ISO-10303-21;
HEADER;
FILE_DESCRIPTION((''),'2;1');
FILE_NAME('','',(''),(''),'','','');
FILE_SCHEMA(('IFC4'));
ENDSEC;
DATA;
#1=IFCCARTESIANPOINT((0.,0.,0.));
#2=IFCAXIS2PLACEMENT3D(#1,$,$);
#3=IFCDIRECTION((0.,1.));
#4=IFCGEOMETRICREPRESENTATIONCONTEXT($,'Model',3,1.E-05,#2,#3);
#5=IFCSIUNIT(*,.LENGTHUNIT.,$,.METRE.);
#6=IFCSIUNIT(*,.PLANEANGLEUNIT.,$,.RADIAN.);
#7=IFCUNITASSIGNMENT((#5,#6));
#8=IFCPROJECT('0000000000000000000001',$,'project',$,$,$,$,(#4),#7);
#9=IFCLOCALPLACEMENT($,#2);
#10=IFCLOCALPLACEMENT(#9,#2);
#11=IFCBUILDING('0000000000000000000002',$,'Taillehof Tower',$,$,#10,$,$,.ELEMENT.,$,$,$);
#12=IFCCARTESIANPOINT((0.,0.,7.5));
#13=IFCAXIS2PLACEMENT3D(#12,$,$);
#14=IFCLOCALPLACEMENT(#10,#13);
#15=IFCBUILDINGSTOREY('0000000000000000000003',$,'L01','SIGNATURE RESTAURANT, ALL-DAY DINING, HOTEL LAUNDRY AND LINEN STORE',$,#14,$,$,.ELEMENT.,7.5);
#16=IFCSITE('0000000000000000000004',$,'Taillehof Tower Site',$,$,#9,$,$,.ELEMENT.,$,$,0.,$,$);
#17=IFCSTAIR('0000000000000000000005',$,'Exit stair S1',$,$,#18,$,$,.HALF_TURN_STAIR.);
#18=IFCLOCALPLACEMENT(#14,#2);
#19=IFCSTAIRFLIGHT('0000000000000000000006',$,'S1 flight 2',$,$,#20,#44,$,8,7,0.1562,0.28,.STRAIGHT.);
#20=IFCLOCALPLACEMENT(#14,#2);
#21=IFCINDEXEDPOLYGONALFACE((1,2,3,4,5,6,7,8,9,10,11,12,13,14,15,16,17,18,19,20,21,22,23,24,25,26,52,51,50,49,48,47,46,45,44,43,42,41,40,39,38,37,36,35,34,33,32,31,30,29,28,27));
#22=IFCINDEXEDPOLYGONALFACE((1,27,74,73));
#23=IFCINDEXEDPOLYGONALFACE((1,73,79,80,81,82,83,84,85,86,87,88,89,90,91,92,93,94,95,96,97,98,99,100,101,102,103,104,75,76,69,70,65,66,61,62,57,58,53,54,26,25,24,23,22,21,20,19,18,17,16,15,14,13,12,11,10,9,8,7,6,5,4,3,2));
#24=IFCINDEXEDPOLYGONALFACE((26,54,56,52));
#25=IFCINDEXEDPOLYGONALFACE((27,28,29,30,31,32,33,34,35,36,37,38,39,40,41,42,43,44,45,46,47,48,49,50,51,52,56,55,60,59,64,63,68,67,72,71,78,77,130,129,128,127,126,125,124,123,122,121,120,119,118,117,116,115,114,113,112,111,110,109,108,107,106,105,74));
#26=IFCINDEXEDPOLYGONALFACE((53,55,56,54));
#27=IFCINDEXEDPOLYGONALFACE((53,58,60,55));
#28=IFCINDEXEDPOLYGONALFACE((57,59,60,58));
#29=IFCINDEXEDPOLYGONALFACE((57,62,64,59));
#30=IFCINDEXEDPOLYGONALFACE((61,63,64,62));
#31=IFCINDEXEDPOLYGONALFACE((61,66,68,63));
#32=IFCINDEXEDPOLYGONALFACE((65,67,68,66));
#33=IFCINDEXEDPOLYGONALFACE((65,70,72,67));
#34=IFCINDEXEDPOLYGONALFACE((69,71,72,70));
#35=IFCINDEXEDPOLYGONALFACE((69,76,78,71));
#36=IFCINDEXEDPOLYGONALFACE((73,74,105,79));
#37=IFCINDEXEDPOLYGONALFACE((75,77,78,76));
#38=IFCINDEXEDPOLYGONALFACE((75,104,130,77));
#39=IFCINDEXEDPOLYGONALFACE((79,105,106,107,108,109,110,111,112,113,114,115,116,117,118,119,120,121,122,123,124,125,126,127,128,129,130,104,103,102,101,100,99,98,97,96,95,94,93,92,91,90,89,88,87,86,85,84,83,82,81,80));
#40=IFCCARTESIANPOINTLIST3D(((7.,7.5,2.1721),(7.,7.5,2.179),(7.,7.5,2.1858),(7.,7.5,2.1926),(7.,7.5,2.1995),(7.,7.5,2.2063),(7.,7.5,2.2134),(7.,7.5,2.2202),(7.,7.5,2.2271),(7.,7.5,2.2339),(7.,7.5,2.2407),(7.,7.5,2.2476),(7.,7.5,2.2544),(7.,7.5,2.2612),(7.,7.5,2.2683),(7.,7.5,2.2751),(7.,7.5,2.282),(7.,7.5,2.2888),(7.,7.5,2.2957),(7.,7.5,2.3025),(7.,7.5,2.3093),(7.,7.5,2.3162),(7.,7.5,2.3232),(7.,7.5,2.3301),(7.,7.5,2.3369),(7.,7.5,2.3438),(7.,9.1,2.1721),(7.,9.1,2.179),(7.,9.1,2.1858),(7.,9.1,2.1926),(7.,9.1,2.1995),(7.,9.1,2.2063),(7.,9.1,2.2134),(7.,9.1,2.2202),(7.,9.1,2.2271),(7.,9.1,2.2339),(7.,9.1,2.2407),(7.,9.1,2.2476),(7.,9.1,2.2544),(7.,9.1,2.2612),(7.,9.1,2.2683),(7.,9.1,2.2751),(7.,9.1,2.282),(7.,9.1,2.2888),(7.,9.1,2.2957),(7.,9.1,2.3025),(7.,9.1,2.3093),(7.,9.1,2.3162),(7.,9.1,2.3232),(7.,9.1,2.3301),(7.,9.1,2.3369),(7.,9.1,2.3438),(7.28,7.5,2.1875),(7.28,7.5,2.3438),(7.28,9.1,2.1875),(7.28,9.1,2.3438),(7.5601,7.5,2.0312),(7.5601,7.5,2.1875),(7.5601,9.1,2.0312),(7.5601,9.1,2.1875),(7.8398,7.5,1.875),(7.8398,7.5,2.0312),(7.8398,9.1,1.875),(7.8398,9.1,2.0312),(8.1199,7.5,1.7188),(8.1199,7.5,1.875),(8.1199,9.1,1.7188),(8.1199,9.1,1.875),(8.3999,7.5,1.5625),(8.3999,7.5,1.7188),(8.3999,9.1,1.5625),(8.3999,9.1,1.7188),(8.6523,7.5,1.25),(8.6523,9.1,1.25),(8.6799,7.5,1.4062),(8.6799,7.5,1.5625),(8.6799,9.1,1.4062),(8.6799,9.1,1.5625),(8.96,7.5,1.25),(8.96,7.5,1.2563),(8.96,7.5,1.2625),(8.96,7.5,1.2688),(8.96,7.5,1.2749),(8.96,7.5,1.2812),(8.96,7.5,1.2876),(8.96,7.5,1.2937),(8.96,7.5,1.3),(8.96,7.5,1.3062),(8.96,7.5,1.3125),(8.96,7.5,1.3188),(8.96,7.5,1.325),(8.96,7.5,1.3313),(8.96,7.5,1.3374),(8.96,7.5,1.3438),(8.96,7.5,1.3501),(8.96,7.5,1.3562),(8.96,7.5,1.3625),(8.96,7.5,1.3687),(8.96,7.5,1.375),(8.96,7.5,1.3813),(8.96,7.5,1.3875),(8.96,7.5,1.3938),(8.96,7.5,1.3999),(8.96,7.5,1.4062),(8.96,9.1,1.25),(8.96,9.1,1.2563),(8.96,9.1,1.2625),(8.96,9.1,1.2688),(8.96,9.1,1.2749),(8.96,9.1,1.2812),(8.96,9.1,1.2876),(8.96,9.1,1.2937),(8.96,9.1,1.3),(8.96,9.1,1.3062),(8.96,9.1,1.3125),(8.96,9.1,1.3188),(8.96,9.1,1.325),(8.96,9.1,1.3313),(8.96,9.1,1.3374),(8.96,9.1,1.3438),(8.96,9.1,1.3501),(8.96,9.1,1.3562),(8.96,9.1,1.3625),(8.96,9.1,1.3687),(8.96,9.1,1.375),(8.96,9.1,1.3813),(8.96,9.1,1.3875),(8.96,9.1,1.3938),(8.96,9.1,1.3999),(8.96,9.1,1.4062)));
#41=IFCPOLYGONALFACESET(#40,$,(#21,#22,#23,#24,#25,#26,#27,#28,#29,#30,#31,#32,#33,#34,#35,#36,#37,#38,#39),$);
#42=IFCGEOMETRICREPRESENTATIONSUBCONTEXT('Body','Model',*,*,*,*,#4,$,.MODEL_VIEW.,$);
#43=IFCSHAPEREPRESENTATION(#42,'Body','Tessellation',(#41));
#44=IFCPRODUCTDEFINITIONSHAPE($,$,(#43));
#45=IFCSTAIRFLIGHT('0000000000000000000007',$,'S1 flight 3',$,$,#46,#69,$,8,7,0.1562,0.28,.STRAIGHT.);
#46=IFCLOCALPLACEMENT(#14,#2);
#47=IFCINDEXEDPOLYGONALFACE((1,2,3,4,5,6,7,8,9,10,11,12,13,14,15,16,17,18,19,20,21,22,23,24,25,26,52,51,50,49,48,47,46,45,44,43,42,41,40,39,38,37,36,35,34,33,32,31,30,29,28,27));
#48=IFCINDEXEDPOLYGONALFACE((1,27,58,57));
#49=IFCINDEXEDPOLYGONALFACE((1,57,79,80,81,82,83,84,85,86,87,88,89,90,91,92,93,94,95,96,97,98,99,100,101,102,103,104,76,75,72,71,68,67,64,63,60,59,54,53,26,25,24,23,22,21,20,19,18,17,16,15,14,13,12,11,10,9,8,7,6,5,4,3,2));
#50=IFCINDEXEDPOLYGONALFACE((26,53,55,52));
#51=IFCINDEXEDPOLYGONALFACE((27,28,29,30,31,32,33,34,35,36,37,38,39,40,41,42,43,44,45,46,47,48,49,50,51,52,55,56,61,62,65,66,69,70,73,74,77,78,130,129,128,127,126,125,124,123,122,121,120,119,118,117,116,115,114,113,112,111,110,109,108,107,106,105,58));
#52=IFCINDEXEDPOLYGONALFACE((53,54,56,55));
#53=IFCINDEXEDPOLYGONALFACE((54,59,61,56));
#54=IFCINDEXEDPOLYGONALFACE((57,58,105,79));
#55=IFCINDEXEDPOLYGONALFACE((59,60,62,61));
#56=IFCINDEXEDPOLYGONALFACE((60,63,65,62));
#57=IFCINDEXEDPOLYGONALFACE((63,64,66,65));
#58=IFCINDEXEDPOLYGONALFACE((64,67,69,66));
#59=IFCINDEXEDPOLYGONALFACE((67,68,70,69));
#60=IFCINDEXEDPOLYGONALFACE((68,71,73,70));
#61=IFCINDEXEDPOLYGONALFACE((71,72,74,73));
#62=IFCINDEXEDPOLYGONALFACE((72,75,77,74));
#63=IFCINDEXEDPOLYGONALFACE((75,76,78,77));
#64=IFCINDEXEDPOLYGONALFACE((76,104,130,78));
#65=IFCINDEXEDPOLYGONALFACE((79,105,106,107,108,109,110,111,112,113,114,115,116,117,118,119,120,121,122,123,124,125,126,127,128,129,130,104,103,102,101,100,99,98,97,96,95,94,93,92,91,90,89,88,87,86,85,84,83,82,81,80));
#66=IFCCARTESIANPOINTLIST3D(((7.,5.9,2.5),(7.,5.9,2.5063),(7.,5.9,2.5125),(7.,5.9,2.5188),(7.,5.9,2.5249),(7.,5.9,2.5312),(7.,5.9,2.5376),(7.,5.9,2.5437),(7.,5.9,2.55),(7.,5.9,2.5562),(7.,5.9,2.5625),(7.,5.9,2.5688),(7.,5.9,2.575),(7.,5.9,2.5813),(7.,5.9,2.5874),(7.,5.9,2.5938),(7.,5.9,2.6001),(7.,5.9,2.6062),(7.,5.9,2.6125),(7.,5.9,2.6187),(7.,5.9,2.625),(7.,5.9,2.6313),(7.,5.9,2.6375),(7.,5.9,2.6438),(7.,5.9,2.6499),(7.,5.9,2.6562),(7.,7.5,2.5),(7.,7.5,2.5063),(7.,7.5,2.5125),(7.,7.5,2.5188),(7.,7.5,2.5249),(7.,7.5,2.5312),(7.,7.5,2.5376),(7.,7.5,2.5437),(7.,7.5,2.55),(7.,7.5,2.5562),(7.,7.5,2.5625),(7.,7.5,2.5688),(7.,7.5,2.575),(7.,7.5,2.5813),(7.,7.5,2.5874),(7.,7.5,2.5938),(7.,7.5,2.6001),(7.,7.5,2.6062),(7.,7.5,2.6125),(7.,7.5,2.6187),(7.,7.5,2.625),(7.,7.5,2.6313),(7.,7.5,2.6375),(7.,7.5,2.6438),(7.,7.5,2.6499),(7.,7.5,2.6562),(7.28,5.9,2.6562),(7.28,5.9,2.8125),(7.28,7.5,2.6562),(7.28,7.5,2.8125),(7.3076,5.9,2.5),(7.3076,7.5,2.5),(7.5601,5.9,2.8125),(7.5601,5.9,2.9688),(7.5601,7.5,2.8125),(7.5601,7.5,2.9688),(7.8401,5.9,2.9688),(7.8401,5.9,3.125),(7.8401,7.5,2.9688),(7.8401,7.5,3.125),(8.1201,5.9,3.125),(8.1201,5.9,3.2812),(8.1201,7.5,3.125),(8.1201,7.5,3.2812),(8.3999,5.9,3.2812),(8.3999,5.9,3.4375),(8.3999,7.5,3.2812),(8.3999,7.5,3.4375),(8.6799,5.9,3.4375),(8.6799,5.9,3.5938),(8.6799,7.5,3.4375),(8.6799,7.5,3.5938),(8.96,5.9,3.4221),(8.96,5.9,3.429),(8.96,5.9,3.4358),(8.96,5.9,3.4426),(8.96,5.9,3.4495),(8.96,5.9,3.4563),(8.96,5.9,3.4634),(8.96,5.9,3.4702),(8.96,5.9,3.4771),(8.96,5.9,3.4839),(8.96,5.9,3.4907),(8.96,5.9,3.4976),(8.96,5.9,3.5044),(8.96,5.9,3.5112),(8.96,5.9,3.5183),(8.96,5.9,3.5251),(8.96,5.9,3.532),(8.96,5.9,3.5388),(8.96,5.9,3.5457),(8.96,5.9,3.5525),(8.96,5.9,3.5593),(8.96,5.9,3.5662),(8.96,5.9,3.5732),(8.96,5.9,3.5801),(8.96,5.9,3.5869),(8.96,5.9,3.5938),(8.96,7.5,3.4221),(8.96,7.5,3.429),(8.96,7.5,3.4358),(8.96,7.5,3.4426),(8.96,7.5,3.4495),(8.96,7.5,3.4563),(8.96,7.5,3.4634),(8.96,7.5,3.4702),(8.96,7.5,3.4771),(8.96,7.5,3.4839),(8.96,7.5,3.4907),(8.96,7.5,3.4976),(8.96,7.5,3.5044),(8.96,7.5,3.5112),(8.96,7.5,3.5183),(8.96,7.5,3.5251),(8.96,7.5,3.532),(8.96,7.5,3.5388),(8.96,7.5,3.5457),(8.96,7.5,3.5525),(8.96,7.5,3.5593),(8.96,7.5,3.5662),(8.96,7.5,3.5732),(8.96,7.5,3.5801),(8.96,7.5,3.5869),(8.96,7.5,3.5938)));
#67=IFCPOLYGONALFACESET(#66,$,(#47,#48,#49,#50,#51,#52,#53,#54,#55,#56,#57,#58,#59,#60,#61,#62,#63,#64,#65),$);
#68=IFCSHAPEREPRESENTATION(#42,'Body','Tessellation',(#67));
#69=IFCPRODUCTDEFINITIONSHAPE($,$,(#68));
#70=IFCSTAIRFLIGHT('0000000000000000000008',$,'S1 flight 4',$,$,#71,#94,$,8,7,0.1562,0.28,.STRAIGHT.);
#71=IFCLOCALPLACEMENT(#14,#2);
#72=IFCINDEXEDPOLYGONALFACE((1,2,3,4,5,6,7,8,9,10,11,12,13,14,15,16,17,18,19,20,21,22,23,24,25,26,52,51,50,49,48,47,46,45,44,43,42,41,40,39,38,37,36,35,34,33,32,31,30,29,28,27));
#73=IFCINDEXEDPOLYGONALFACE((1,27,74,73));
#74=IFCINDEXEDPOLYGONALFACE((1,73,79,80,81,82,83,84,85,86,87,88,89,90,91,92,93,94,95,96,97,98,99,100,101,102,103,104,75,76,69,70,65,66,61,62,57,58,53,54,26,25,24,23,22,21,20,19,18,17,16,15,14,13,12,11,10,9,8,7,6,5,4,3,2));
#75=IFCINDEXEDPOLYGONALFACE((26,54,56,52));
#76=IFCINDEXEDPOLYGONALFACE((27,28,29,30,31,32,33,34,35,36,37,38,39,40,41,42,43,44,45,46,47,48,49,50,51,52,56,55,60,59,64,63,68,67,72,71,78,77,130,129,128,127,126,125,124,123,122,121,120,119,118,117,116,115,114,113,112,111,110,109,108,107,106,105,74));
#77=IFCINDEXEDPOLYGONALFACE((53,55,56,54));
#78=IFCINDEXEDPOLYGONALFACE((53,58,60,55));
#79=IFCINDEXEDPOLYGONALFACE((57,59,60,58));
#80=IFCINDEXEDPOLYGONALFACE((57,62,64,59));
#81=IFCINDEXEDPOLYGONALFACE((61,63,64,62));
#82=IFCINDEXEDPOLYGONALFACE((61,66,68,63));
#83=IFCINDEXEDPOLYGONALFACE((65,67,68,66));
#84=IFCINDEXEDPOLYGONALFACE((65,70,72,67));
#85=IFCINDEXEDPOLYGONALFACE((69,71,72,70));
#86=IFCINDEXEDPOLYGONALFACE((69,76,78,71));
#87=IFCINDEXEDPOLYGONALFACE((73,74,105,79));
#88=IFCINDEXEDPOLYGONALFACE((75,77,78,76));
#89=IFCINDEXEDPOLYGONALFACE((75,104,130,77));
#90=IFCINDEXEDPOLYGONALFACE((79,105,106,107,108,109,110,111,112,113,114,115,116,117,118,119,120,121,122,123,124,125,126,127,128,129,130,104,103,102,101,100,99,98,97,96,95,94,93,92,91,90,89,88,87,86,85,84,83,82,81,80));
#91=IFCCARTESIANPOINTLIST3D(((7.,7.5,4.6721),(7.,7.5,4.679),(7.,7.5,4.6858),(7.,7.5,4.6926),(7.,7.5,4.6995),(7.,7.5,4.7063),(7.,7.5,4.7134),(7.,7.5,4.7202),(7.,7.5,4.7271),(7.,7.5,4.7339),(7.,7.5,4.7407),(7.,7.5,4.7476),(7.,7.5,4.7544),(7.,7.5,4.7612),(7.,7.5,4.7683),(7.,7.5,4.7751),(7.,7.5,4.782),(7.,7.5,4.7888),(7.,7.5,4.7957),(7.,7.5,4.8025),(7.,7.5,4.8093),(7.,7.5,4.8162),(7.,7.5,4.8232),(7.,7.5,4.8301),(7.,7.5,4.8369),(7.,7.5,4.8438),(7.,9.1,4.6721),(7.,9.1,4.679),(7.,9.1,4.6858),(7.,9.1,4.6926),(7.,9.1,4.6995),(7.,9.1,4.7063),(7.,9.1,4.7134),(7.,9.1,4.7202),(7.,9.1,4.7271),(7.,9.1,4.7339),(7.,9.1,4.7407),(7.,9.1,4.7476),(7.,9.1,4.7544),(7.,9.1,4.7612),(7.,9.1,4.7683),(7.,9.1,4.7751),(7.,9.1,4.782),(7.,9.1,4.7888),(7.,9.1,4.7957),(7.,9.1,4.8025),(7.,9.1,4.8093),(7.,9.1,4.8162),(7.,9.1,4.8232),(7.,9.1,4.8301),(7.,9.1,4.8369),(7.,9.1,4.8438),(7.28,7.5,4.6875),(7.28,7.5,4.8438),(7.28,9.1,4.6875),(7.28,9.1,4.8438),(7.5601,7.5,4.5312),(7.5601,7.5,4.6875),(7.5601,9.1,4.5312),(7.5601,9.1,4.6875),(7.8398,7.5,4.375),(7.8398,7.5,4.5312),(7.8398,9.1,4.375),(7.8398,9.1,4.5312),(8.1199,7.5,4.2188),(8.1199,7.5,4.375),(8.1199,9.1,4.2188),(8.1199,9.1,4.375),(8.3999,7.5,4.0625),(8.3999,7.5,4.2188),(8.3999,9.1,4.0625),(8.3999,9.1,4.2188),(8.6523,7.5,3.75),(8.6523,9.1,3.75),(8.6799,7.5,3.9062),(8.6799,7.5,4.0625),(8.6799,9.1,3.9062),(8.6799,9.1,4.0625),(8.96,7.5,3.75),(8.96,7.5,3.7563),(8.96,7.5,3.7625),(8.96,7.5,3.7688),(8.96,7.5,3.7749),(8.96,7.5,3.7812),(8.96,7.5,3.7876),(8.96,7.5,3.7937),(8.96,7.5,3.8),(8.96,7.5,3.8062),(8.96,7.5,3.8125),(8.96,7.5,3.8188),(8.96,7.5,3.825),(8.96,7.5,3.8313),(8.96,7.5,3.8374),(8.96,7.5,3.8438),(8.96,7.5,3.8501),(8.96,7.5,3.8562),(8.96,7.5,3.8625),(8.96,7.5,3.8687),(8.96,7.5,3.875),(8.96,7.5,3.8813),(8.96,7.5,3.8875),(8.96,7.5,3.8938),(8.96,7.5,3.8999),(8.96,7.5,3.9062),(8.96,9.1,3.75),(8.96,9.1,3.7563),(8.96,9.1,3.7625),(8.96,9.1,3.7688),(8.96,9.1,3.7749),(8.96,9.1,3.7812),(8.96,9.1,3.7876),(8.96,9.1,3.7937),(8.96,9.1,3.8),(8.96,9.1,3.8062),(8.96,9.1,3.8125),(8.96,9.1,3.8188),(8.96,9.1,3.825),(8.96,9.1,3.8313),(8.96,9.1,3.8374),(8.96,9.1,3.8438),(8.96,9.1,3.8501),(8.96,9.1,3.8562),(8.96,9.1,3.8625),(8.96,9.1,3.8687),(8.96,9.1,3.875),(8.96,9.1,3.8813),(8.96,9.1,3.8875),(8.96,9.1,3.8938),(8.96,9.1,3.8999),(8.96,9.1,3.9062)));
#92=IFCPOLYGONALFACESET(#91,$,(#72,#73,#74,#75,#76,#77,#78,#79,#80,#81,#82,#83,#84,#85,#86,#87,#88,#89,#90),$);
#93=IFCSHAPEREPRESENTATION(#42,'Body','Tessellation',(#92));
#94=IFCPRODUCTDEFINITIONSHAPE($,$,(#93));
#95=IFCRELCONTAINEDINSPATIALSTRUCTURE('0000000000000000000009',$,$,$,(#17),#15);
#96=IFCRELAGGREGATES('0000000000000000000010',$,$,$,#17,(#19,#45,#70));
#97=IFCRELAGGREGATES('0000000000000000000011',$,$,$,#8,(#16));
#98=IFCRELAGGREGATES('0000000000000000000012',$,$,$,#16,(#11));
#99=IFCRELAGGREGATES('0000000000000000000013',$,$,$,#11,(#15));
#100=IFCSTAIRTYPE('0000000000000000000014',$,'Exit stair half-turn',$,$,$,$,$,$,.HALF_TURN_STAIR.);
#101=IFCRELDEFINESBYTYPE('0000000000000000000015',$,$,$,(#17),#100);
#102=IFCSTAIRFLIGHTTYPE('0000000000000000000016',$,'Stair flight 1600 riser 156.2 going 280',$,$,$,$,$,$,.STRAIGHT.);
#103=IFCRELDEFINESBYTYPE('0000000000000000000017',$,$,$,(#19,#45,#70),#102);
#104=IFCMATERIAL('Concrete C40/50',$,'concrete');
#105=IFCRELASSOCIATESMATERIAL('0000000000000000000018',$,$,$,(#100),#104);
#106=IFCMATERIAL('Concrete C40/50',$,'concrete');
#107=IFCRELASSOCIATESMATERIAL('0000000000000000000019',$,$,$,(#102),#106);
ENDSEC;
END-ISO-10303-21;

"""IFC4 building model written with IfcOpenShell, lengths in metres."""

from ifc_helpers import new_model, si_unit, direction, frame, origin, place, context, subcontext, project, spatial, polyline, outline, extrude, material, type_object, element, aggregate, save


model = new_model("IFC4")

# Units and contexts
model_context = context("Model", 3, precision=1e-05, world=origin(), true_north=direction((0.0, 1.0)))
body_context = subcontext(model_context, "Body", "Model", "MODEL_VIEW")
ifc_project = project(units=[si_unit("LENGTHUNIT", "METRE"), si_unit("PLANEANGLEUNIT", "RADIAN")], contexts=[model_context])

# Site, building, storey
site_placement = place(None, origin())
site = spatial("IfcSite", under=ifc_project, at=site_placement, Name="Taillehof Tower Site", CompositionType="ELEMENT", RefElevation=0.0)
building_placement = place(site_placement, origin())
building = spatial("IfcBuilding", under=site, at=building_placement, Name="Taillehof Tower", CompositionType="ELEMENT")
storey_placement = place(building_placement, frame((0.0, 0.0, 7.5)))
storey = spatial("IfcBuildingStorey", under=building, at=storey_placement, Name="L01", Description="SIGNATURE RESTAURANT, ALL-DAY DINING, HOTEL LAUNDRY AND LINEN STORE", CompositionType="ELEMENT", Elevation=7.5)

# Stair, stair flights
ifc_material_1 = material(Name="Concrete C40/50", Category="concrete")
stair_type_1 = type_object("IfcStairType", Name="Exit stair half-turn", PredefinedType="HALF_TURN_STAIR", material=ifc_material_1)
stair_1_placement = place(storey_placement, origin())
stair_1 = element("IfcStair", 1, at=stair_1_placement, inside=storey, type_object=stair_type_1, Name="Exit stair S1", PredefinedType="HALF_TURN_STAIR")
ifc_material_2 = material(Name="Concrete C40/50", Category="concrete")
stair_flight_type_1 = type_object("IfcStairFlightType", Name="Stair flight 1600 riser 156.2 going 280", PredefinedType="STRAIGHT", material=ifc_material_2)
stair_flight_1_placement = place(storey_placement, frame((8.96, 8.3, 1.25), z_axis=(0.0, 0.0, 1.0), x_axis=(-1.0, 0.0, 0.0)))
stair_flight_1 = element("IfcStairFlight", 2, at=stair_flight_1_placement, type_object=stair_flight_type_1, Name="S1 flight 2", NumberOfRisers=8, NumberOfTreads=7, PredefinedType="STRAIGHT", RiserHeight=0.1562, TreadLength=0.28, context=body_context, shape_type="SweptSolid", body=[
    extrude(outline(polyline([(0.0, 0.0), (0.0, 0.0063), (0.0, 0.0125), (0.0, 0.0188), (0.0, 0.0249), (0.0, 0.0312), (0.0, 0.0376), (0.0, 0.0437), (0.0, 0.05), (0.0, 0.0562), (0.0, 0.0625), (0.0, 0.0688), (0.0, 0.075), (0.0, 0.0813), (0.0, 0.0874), (0.0, 0.0938), (0.0, 0.1001), (0.0, 0.1062), (0.0, 0.1125), (0.0, 0.1187), (0.0, 0.125), (0.0, 0.1313), (0.0, 0.1375), (0.0, 0.1438), (0.0, 0.1499), (0.0, 0.1562), (0.28, 0.1562), (0.28, 0.3125), (0.5601, 0.3125), (0.5601, 0.4688), (0.8401, 0.4688), (0.8401, 0.625), (1.1201, 0.625), (1.1201, 0.7812), (1.3999, 0.7812), (1.3999, 0.9375), (1.6799, 0.9375), (1.6799, 1.0938), (1.96, 1.0938), (1.96, 1.0869), (1.96, 1.0801), (1.96, 1.0732), (1.96, 1.0662), (1.96, 1.0593), (1.96, 1.0525), (1.96, 1.0457), (1.96, 1.0388), (1.96, 1.032), (1.96, 1.0251), (1.96, 1.0183), (1.96, 1.0112), (1.96, 1.0044), (1.96, 0.9976), (1.96, 0.9907), (1.96, 0.9839), (1.96, 0.9771), (1.96, 0.9702), (1.96, 0.9634), (1.96, 0.9563), (1.96, 0.9495), (1.96, 0.9426), (1.96, 0.9358), (1.96, 0.929), (1.96, 0.9221), (0.3076, 0.0), (0.0, 0.0)])), frame((0.0, 0.8, 0.0), z_axis=(0.0, -1.0, 0.0), x_axis=(1.0, 0.0, 0.0)), (0.0, 0.0, 1.0), 1.6),
])
stair_flight_2_placement = place(storey_placement, frame((7.0, 6.7, 2.5), z_axis=(0.0, 0.0, 1.0), x_axis=(1.0, 0.0, 0.0)))
stair_flight_2 = element("IfcStairFlight", 3, at=stair_flight_2_placement, type_object=stair_flight_type_1, Name="S1 flight 3", NumberOfRisers=8, NumberOfTreads=7, PredefinedType="STRAIGHT", RiserHeight=0.1562, TreadLength=0.28, context=body_context, shape_type="SweptSolid", body=[
    extrude(outline(polyline([(0.0, 0.0), (0.0, 0.0063), (0.0, 0.0125), (0.0, 0.0188), (0.0, 0.0249), (0.0, 0.0312), (0.0, 0.0376), (0.0, 0.0437), (0.0, 0.05), (0.0, 0.0562), (0.0, 0.0625), (0.0, 0.0688), (0.0, 0.075), (0.0, 0.0813), (0.0, 0.0874), (0.0, 0.0938), (0.0, 0.1001), (0.0, 0.1062), (0.0, 0.1125), (0.0, 0.1187), (0.0, 0.125), (0.0, 0.1313), (0.0, 0.1375), (0.0, 0.1438), (0.0, 0.1499), (0.0, 0.1562), (0.28, 0.1562), (0.28, 0.3125), (0.5601, 0.3125), (0.5601, 0.4688), (0.8401, 0.4688), (0.8401, 0.625), (1.1201, 0.625), (1.1201, 0.7812), (1.3999, 0.7812), (1.3999, 0.9375), (1.6799, 0.9375), (1.6799, 1.0938), (1.96, 1.0938), (1.96, 1.0869), (1.96, 1.0801), (1.96, 1.0732), (1.96, 1.0662), (1.96, 1.0593), (1.96, 1.0525), (1.96, 1.0457), (1.96, 1.0388), (1.96, 1.032), (1.96, 1.0251), (1.96, 1.0183), (1.96, 1.0112), (1.96, 1.0044), (1.96, 0.9976), (1.96, 0.9907), (1.96, 0.9839), (1.96, 0.9771), (1.96, 0.9702), (1.96, 0.9634), (1.96, 0.9563), (1.96, 0.9495), (1.96, 0.9426), (1.96, 0.9358), (1.96, 0.929), (1.96, 0.9221), (0.3076, 0.0), (0.0, 0.0)])), frame((0.0, 0.8, 0.0), z_axis=(0.0, -1.0, 0.0), x_axis=(1.0, 0.0, 0.0)), (0.0, 0.0, 1.0), 1.6),
])
stair_flight_3_placement = place(storey_placement, frame((8.96, 8.3, 3.75), z_axis=(0.0, 0.0, 1.0), x_axis=(-1.0, 0.0, 0.0)))
stair_flight_3 = element("IfcStairFlight", 4, at=stair_flight_3_placement, type_object=stair_flight_type_1, Name="S1 flight 4", NumberOfRisers=8, NumberOfTreads=7, PredefinedType="STRAIGHT", RiserHeight=0.1562, TreadLength=0.28, context=body_context, shape_type="SweptSolid", body=[
    extrude(outline(polyline([(0.0, 0.0), (0.0, 0.0063), (0.0, 0.0125), (0.0, 0.0188), (0.0, 0.0249), (0.0, 0.0312), (0.0, 0.0376), (0.0, 0.0437), (0.0, 0.05), (0.0, 0.0562), (0.0, 0.0625), (0.0, 0.0688), (0.0, 0.075), (0.0, 0.0813), (0.0, 0.0874), (0.0, 0.0938), (0.0, 0.1001), (0.0, 0.1062), (0.0, 0.1125), (0.0, 0.1187), (0.0, 0.125), (0.0, 0.1313), (0.0, 0.1375), (0.0, 0.1438), (0.0, 0.1499), (0.0, 0.1562), (0.28, 0.1562), (0.28, 0.3125), (0.5601, 0.3125), (0.5601, 0.4688), (0.8401, 0.4688), (0.8401, 0.625), (1.1201, 0.625), (1.1201, 0.7812), (1.3999, 0.7812), (1.3999, 0.9375), (1.6799, 0.9375), (1.6799, 1.0938), (1.96, 1.0938), (1.96, 1.0869), (1.96, 1.0801), (1.96, 1.0732), (1.96, 1.0662), (1.96, 1.0593), (1.96, 1.0525), (1.96, 1.0457), (1.96, 1.0388), (1.96, 1.032), (1.96, 1.0251), (1.96, 1.0183), (1.96, 1.0112), (1.96, 1.0044), (1.96, 0.9976), (1.96, 0.9907), (1.96, 0.9839), (1.96, 0.9771), (1.96, 0.9702), (1.96, 0.9634), (1.96, 0.9563), (1.96, 0.9495), (1.96, 0.9426), (1.96, 0.9358), (1.96, 0.929), (1.96, 0.9221), (0.3076, 0.0), (0.0, 0.0)])), frame((0.0, 0.8, 0.0), z_axis=(0.0, -1.0, 0.0), x_axis=(1.0, 0.0, 0.0)), (0.0, 0.0, 1.0), 1.6),
])
aggregate(stair_1, [stair_flight_1, stair_flight_2, stair_flight_3])

save(model, "model.ifc")
